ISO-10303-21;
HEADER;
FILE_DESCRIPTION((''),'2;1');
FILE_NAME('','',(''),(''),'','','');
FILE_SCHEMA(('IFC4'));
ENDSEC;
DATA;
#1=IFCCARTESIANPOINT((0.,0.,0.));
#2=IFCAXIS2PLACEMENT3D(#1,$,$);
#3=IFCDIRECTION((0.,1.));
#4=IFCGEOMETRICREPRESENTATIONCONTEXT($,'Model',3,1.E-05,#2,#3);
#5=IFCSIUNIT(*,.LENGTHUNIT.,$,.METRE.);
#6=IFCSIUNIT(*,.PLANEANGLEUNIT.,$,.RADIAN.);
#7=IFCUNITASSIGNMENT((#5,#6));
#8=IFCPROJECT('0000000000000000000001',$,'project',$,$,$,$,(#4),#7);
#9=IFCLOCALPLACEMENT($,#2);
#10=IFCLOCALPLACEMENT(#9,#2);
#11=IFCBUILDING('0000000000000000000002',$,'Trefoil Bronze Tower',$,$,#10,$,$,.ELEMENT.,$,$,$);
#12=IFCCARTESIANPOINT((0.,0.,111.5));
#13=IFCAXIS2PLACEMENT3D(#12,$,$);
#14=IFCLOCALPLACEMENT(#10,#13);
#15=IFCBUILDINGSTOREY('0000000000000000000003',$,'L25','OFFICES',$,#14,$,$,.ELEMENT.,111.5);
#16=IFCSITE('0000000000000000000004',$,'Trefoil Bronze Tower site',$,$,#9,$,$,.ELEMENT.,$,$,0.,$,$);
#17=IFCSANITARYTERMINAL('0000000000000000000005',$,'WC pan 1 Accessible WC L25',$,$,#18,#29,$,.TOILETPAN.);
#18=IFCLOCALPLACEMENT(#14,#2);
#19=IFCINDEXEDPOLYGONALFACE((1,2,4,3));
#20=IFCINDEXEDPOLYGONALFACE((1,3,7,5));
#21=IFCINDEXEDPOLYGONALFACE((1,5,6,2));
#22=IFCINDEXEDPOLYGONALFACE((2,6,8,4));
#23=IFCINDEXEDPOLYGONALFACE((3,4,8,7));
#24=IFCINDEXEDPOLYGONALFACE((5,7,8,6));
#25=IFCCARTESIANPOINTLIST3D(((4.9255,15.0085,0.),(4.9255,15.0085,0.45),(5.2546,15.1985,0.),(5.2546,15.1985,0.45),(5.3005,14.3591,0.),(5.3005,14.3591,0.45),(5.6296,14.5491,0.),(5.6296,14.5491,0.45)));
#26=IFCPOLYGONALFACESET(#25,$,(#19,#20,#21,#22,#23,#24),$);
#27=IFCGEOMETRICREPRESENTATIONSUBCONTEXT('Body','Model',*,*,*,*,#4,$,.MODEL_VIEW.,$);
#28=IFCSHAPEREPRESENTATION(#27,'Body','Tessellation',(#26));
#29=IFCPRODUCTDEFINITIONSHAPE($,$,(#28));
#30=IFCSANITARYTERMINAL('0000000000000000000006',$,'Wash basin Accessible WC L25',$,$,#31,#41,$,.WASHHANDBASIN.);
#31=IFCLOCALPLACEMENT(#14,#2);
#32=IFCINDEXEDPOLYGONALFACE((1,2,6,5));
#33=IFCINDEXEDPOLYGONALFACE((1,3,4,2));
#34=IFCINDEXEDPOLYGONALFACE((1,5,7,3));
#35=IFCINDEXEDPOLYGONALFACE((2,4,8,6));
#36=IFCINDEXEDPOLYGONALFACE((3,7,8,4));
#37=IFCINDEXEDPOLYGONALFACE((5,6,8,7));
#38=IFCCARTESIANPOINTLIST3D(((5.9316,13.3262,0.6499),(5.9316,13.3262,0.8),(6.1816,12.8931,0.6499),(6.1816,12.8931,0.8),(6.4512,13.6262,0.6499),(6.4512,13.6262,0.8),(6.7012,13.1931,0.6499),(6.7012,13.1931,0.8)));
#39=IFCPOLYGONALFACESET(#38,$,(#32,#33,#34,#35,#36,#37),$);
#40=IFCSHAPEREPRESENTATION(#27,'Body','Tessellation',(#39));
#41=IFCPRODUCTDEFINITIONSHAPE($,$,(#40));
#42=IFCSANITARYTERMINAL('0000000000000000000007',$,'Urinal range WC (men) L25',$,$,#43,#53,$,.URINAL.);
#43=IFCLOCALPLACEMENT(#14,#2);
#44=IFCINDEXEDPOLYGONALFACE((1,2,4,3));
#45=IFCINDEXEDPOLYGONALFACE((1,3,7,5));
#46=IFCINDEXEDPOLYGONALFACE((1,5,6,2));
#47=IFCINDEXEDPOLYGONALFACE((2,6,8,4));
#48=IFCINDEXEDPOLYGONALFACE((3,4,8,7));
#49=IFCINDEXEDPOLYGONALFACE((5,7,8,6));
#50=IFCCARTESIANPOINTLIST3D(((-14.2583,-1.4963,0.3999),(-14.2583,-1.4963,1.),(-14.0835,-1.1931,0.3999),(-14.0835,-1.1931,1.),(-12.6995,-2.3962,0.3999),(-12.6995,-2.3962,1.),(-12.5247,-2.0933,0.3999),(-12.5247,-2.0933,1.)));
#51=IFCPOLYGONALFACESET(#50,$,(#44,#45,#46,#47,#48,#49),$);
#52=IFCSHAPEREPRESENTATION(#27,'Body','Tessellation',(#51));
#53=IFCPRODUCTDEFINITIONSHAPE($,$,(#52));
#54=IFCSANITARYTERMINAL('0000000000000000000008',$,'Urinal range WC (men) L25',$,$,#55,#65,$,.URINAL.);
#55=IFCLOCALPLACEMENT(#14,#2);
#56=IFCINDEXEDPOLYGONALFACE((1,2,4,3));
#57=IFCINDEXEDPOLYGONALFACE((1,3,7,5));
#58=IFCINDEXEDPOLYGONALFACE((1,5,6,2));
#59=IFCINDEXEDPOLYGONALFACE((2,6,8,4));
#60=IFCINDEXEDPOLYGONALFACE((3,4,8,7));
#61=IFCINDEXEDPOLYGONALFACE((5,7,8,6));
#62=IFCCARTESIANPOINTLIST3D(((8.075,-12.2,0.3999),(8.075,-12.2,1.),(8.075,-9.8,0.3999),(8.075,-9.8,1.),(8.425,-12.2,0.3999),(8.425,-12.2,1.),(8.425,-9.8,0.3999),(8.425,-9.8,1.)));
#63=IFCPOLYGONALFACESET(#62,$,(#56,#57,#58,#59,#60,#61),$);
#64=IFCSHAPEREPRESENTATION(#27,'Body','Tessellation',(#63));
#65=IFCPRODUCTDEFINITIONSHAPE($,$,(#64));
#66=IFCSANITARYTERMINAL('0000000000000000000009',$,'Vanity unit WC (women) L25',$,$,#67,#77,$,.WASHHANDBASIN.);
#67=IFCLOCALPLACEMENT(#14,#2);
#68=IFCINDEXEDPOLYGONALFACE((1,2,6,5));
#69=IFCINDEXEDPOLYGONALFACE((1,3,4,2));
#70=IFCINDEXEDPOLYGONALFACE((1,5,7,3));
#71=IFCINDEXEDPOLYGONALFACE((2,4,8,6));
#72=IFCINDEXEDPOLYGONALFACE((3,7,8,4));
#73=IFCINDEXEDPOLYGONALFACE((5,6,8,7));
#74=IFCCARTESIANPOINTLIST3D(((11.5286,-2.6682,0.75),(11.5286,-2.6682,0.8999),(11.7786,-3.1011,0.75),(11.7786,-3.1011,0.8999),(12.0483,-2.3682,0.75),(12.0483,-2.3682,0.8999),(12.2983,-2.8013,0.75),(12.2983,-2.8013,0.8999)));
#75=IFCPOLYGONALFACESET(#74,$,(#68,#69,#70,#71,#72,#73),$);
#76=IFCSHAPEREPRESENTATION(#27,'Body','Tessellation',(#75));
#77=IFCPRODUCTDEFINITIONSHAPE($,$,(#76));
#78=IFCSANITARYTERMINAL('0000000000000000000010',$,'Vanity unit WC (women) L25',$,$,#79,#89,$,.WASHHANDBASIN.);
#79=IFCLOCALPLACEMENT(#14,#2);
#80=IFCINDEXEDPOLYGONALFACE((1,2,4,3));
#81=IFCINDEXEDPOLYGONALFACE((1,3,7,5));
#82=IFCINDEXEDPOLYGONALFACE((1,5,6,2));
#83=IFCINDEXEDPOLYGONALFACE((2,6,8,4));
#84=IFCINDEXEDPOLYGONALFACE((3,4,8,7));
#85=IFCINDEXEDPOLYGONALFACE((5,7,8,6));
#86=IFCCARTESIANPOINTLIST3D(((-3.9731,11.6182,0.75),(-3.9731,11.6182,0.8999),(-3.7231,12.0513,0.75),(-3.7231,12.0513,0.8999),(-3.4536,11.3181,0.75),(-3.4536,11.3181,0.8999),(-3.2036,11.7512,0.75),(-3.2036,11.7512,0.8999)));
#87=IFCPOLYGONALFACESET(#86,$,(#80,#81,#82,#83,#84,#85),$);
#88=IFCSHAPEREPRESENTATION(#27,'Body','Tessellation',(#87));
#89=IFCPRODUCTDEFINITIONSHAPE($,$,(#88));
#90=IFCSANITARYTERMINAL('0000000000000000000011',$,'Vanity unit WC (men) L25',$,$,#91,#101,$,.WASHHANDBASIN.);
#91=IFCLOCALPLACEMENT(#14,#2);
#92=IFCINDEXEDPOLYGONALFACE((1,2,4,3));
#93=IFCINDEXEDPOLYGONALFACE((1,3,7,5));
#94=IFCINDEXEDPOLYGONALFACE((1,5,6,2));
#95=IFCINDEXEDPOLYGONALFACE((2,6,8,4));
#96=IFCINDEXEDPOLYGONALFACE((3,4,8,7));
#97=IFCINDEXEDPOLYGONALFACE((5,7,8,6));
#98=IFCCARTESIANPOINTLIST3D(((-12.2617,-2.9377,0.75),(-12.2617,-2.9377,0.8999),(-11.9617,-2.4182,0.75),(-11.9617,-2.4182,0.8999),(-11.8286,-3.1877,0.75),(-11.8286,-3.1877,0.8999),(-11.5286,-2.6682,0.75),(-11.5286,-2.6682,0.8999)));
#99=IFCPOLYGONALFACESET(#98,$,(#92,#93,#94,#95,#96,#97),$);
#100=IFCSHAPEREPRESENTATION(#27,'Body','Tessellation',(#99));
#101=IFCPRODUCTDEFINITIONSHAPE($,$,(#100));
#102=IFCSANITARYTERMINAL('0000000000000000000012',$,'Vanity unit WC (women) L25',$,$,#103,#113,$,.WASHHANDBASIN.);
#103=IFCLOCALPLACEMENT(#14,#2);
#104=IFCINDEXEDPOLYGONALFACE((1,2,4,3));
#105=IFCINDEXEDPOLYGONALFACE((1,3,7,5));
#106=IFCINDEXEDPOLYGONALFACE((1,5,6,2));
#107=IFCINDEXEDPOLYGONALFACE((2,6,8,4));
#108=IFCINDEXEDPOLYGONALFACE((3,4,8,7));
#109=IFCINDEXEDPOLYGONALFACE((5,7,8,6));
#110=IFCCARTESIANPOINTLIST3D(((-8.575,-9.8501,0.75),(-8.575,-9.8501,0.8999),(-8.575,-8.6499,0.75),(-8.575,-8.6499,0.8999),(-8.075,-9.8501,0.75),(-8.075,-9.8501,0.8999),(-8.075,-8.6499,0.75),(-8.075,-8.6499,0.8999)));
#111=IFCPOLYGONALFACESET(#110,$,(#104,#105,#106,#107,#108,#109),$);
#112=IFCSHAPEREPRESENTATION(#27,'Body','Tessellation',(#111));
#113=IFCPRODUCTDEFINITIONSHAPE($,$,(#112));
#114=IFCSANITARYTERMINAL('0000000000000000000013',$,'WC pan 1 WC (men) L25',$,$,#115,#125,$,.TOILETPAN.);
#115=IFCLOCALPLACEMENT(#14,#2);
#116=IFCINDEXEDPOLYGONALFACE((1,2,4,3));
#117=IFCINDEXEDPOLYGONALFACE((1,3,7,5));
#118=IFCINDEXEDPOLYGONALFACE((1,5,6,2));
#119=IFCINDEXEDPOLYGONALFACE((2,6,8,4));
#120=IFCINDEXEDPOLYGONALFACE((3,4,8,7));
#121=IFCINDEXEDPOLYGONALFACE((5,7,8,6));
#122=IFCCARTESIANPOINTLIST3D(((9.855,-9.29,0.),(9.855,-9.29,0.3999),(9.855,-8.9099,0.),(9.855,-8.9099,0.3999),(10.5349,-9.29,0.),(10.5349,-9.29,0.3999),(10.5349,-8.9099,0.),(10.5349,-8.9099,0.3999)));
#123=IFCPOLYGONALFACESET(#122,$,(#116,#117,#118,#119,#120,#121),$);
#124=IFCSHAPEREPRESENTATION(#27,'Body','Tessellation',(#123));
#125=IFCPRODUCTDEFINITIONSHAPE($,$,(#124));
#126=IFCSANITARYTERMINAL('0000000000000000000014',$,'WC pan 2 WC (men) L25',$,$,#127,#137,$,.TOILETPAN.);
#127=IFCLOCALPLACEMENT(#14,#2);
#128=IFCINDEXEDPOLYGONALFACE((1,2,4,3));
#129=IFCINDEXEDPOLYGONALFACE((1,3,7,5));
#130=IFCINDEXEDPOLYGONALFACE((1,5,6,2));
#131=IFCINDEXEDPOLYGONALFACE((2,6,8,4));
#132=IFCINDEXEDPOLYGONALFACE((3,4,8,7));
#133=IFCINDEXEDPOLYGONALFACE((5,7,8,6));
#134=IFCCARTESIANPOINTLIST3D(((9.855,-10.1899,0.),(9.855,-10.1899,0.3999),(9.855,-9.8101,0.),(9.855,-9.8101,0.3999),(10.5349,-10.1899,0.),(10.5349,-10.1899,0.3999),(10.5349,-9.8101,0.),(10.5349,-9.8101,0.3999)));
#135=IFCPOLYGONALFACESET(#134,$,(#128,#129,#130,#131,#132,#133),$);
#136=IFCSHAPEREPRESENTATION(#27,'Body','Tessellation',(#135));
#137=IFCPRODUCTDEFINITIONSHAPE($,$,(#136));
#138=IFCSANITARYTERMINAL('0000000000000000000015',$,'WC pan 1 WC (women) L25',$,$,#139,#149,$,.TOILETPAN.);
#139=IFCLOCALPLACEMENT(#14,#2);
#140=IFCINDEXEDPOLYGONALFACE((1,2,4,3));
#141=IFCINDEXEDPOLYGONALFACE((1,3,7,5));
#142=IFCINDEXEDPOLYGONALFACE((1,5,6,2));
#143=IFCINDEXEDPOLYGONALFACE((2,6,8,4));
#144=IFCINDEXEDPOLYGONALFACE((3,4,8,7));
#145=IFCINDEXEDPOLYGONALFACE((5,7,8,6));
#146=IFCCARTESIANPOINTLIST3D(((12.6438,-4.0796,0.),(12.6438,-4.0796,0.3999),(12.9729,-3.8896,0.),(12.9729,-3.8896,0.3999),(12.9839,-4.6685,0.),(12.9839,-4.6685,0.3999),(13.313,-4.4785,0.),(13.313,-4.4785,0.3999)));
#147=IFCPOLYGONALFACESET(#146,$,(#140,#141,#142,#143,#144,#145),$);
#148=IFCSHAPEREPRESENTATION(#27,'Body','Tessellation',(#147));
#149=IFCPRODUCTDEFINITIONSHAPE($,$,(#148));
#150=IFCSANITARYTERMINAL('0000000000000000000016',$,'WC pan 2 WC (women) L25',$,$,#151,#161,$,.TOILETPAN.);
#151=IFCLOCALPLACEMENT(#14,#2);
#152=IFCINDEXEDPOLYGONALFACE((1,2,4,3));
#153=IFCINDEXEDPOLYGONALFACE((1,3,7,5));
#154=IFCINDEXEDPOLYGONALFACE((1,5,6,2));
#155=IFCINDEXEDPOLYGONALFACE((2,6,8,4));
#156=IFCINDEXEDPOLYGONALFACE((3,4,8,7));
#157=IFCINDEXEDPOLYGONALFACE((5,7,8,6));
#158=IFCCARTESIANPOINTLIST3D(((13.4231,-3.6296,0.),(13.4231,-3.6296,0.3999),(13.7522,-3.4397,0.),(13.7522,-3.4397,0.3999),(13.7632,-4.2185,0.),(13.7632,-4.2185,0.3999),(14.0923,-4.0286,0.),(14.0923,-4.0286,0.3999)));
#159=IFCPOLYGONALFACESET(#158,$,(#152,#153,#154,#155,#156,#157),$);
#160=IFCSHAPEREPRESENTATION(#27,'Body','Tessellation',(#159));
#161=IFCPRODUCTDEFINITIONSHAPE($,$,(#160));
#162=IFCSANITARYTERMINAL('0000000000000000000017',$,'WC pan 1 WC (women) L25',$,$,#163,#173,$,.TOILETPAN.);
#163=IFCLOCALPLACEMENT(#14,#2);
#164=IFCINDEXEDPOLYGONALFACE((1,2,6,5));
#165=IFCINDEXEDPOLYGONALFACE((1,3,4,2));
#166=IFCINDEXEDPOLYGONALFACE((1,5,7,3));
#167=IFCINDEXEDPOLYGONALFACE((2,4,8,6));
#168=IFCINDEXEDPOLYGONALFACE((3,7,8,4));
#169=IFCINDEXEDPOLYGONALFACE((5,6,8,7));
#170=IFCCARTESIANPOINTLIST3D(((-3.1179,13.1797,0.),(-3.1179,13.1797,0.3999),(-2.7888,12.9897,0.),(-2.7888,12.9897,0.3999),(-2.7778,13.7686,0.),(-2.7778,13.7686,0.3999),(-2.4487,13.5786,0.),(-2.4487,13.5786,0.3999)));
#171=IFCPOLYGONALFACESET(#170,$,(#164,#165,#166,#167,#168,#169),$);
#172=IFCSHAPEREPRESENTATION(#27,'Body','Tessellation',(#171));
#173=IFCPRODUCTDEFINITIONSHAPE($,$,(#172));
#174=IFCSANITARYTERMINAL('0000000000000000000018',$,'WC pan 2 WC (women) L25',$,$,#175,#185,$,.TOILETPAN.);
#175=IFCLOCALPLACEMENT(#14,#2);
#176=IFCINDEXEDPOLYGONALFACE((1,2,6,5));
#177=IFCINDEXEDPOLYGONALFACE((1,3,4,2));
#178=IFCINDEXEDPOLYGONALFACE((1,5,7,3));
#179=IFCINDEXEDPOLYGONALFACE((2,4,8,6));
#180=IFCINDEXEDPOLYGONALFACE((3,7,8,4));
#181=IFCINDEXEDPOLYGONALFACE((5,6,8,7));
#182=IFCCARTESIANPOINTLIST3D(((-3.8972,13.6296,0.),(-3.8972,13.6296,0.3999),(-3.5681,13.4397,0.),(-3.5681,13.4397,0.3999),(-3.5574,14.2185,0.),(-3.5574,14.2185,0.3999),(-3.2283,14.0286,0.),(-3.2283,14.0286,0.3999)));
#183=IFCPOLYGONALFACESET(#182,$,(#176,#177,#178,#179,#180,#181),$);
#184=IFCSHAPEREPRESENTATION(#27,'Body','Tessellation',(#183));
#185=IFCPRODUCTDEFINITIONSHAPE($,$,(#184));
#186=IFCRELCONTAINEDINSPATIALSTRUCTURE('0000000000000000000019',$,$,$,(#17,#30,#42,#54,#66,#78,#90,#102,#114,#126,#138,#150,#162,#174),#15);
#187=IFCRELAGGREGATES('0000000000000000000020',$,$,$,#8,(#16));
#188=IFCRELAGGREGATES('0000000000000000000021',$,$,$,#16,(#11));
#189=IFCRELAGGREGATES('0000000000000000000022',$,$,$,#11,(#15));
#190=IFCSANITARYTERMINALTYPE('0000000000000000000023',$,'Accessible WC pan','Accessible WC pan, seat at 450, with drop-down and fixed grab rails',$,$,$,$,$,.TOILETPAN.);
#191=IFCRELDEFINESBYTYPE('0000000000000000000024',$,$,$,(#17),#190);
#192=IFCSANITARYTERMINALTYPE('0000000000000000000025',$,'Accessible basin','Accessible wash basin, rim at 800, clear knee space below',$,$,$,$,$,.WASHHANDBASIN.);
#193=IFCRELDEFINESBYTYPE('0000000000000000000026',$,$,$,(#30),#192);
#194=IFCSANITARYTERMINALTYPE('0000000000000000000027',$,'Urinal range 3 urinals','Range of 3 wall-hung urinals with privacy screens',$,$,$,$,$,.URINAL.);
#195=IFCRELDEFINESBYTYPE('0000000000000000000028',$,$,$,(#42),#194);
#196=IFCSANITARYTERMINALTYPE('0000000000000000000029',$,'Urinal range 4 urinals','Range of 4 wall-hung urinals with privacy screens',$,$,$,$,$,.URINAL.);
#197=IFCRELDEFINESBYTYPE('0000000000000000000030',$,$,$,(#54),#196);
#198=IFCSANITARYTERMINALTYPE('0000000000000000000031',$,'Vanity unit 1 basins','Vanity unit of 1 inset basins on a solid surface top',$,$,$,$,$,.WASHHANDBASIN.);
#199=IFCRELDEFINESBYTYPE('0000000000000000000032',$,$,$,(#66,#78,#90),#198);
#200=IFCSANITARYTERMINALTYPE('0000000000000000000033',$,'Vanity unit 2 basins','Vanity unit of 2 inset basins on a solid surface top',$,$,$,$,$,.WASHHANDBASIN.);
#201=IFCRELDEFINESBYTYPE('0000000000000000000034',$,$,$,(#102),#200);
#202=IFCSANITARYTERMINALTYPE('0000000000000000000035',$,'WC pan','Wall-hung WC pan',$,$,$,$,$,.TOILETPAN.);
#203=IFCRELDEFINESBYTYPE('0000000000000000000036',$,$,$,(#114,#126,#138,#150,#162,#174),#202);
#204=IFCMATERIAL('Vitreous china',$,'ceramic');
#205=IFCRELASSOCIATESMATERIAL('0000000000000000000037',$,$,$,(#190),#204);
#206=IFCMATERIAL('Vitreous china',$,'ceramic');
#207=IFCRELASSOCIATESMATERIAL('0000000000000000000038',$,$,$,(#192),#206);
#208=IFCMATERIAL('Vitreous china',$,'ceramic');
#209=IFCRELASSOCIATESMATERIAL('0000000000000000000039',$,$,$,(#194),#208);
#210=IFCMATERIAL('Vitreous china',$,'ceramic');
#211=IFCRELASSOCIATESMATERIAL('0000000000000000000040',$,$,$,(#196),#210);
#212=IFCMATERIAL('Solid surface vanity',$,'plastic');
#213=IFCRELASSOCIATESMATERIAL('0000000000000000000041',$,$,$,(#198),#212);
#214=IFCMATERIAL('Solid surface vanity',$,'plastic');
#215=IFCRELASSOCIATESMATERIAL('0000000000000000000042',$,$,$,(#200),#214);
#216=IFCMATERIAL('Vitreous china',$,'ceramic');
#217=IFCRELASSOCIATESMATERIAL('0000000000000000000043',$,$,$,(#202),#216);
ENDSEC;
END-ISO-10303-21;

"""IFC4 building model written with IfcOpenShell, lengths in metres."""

from ifc_helpers import new_model, si_unit, direction, frame, origin, place, context, subcontext, project, spatial, polyline, outline, extrude, material, type_object, element, save


model = new_model("IFC4")

# Units and contexts
model_context = context("Model", 3, precision=1e-05, world=origin(), true_north=direction((0.0, 1.0)))
body_context = subcontext(model_context, "Body", "Model", "MODEL_VIEW")
ifc_project = project(units=[si_unit("LENGTHUNIT", "METRE"), si_unit("PLANEANGLEUNIT", "RADIAN")], contexts=[model_context])

# Site, building, storey
site_placement = place(None, origin())
site = spatial("IfcSite", under=ifc_project, at=site_placement, Name="Trefoil Bronze Tower site", CompositionType="ELEMENT", RefElevation=0.0)
building_placement = place(site_placement, origin())
building = spatial("IfcBuilding", under=site, at=building_placement, Name="Trefoil Bronze Tower", CompositionType="ELEMENT")
storey_placement = place(building_placement, frame((0.0, 0.0, 111.5)))
storey = spatial("IfcBuildingStorey", under=building, at=storey_placement, Name="L25", Description="OFFICES", CompositionType="ELEMENT", Elevation=111.5)

# Sanitary terminals
ifc_material_1 = material(Name="Vitreous china", Category="ceramic")
sanitary_terminal_type_1 = type_object("IfcSanitaryTerminalType", Name="Accessible WC pan", Description="Accessible WC pan, seat at 450, with drop-down and fixed grab rails", PredefinedType="TOILETPAN", material=ifc_material_1)
sanitary_terminal_1_placement = place(storey_placement, origin())
element("IfcSanitaryTerminal", 1, at=sanitary_terminal_1_placement, inside=storey, type_object=sanitary_terminal_type_1, Name="WC pan 1 Accessible WC L25", PredefinedType="TOILETPAN", context=body_context, shape_type="SweptSolid", body=[
    extrude(outline(polyline([(5.3005, 14.3591), (4.9255, 15.0085), (5.2546, 15.1985), (5.6296, 14.5491), (5.3005, 14.3591)])), origin(), (0.0, 0.0, 1.0), 0.45),
])
ifc_material_2 = material(Name="Vitreous china", Category="ceramic")
sanitary_terminal_type_2 = type_object("IfcSanitaryTerminalType", Name="Accessible basin", Description="Accessible wash basin, rim at 800, clear knee space below", PredefinedType="WASHHANDBASIN", material=ifc_material_2)
sanitary_terminal_2_placement = place(storey_placement, frame((0.0, 0.0, 0.6499)))
element("IfcSanitaryTerminal", 2, at=sanitary_terminal_2_placement, inside=storey, type_object=sanitary_terminal_type_2, Name="Wash basin Accessible WC L25", PredefinedType="WASHHANDBASIN", context=body_context, shape_type="SweptSolid", body=[
    extrude(outline(polyline([(6.1816, 12.8931), (5.9316, 13.3262), (6.4512, 13.6262), (6.7012, 13.1931), (6.1816, 12.8931)])), origin(), (0.0, 0.0, 1.0), 0.1501),
])
ifc_material_3 = material(Name="Vitreous china", Category="ceramic")
sanitary_terminal_type_3 = type_object("IfcSanitaryTerminalType", Name="Urinal range 3 urinals", Description="Range of 3 wall-hung urinals with privacy screens", PredefinedType="URINAL", material=ifc_material_3)
sanitary_terminal_3_placement = place(storey_placement, frame((0.0, 0.0, 0.3999)))
element("IfcSanitaryTerminal", 3, at=sanitary_terminal_3_placement, inside=storey, type_object=sanitary_terminal_type_3, Name="Urinal range WC (men) L25", PredefinedType="URINAL", context=body_context, shape_type="SweptSolid", body=[
    extrude(outline(polyline([(-12.5247, -2.0933), (-12.6995, -2.3962), (-14.2583, -1.4963), (-14.0835, -1.1931), (-12.5247, -2.0933)])), origin(), (0.0, 0.0, 1.0), 0.6001),
])
ifc_material_4 = material(Name="Vitreous china", Category="ceramic")
sanitary_terminal_type_4 = type_object("IfcSanitaryTerminalType", Name="Urinal range 4 urinals", Description="Range of 4 wall-hung urinals with privacy screens", PredefinedType="URINAL", material=ifc_material_4)
sanitary_terminal_4_placement = place(storey_placement, frame((0.0, 0.0, 0.3999)))
element("IfcSanitaryTerminal", 4, at=sanitary_terminal_4_placement, inside=storey, type_object=sanitary_terminal_type_4, Name="Urinal range WC (men) L25", PredefinedType="URINAL", context=body_context, shape_type="SweptSolid", body=[
    extrude(outline(polyline([(8.075, -9.8), (8.425, -9.8), (8.425, -12.2), (8.075, -12.2), (8.075, -9.8)])), origin(), (0.0, 0.0, 1.0), 0.6001),
])
ifc_material_5 = material(Name="Solid surface vanity", Category="plastic")
sanitary_terminal_type_5 = type_object("IfcSanitaryTerminalType", Name="Vanity unit 1 basins", Description="Vanity unit of 1 inset basins on a solid surface top", PredefinedType="WASHHANDBASIN", material=ifc_material_5)
sanitary_terminal_5_placement = place(storey_placement, frame((0.0, 0.0, 0.75)))
element("IfcSanitaryTerminal", 5, at=sanitary_terminal_5_placement, inside=storey, type_object=sanitary_terminal_type_5, Name="Vanity unit WC (women) L25", PredefinedType="WASHHANDBASIN", context=body_context, shape_type="SweptSolid", body=[
    extrude(outline(polyline([(11.5286, -2.6682), (11.7786, -3.1011), (12.2983, -2.8013), (12.0483, -2.3682), (11.5286, -2.6682)])), origin(), (0.0, 0.0, 1.0), 0.1499),
])
sanitary_terminal_6_placement = place(storey_placement, frame((0.0, 0.0, 0.75)))
element("IfcSanitaryTerminal", 6, at=sanitary_terminal_6_placement, inside=storey, type_object=sanitary_terminal_type_5, Name="Vanity unit WC (women) L25", PredefinedType="WASHHANDBASIN", context=body_context, shape_type="SweptSolid", body=[
    extrude(outline(polyline([(-3.4536, 11.3181), (-3.2036, 11.7512), (-3.7231, 12.0513), (-3.9731, 11.6182), (-3.4536, 11.3181)])), origin(), (0.0, 0.0, 1.0), 0.1499),
])
sanitary_terminal_7_placement = place(storey_placement, frame((0.0, 0.0, 0.75)))
element("IfcSanitaryTerminal", 7, at=sanitary_terminal_7_placement, inside=storey, type_object=sanitary_terminal_type_5, Name="Vanity unit WC (men) L25", PredefinedType="WASHHANDBASIN", context=body_context, shape_type="SweptSolid", body=[
    extrude(outline(polyline([(-11.5286, -2.6682), (-11.8286, -3.1877), (-12.2617, -2.9377), (-11.9617, -2.4182), (-11.5286, -2.6682)])), origin(), (0.0, 0.0, 1.0), 0.1499),
])
ifc_material_6 = material(Name="Solid surface vanity", Category="plastic")
sanitary_terminal_type_6 = type_object("IfcSanitaryTerminalType", Name="Vanity unit 2 basins", Description="Vanity unit of 2 inset basins on a solid surface top", PredefinedType="WASHHANDBASIN", material=ifc_material_6)
sanitary_terminal_8_placement = place(storey_placement, frame((0.0, 0.0, 0.75)))
element("IfcSanitaryTerminal", 8, at=sanitary_terminal_8_placement, inside=storey, type_object=sanitary_terminal_type_6, Name="Vanity unit WC (women) L25", PredefinedType="WASHHANDBASIN", context=body_context, shape_type="SweptSolid", body=[
    extrude(outline(polyline([(-8.075, -8.6499), (-8.575, -8.6499), (-8.575, -9.8501), (-8.075, -9.8501), (-8.075, -8.6499)])), origin(), (0.0, 0.0, 1.0), 0.1499),
])
ifc_material_7 = material(Name="Vitreous china", Category="ceramic")
sanitary_terminal_type_7 = type_object("IfcSanitaryTerminalType", Name="WC pan", Description="Wall-hung WC pan", PredefinedType="TOILETPAN", material=ifc_material_7)
sanitary_terminal_9_placement = place(storey_placement, origin())
element("IfcSanitaryTerminal", 9, at=sanitary_terminal_9_placement, inside=storey, type_object=sanitary_terminal_type_7, Name="WC pan 1 WC (men) L25", PredefinedType="TOILETPAN", context=body_context, shape_type="SweptSolid", body=[
    extrude(outline(polyline([(9.855, -8.9099), (10.5349, -8.9099), (10.5349, -9.29), (9.855, -9.29), (9.855, -8.9099)])), origin(), (0.0, 0.0, 1.0), 0.3999),
])
sanitary_terminal_10_placement = place(storey_placement, origin())
element("IfcSanitaryTerminal", 10, at=sanitary_terminal_10_placement, inside=storey, type_object=sanitary_terminal_type_7, Name="WC pan 2 WC (men) L25", PredefinedType="TOILETPAN", context=body_context, shape_type="SweptSolid", body=[
    extrude(outline(polyline([(9.855, -9.8101), (10.5349, -9.8101), (10.5349, -10.1899), (9.855, -10.1899), (9.855, -9.8101)])), origin(), (0.0, 0.0, 1.0), 0.3999),
])
sanitary_terminal_11_placement = place(storey_placement, origin())
element("IfcSanitaryTerminal", 11, at=sanitary_terminal_11_placement, inside=storey, type_object=sanitary_terminal_type_7, Name="WC pan 1 WC (women) L25", PredefinedType="TOILETPAN", context=body_context, shape_type="SweptSolid", body=[
    extrude(outline(polyline([(12.6438, -4.0796), (12.9839, -4.6685), (13.313, -4.4785), (12.9729, -3.8896), (12.6438, -4.0796)])), origin(), (0.0, 0.0, 1.0), 0.3999),
])
sanitary_terminal_12_placement = place(storey_placement, origin())
element("IfcSanitaryTerminal", 12, at=sanitary_terminal_12_placement, inside=storey, type_object=sanitary_terminal_type_7, Name="WC pan 2 WC (women) L25", PredefinedType="TOILETPAN", context=body_context, shape_type="SweptSolid", body=[
    extrude(outline(polyline([(13.4231, -3.6296), (13.7632, -4.2185), (14.0923, -4.0286), (13.7522, -3.4397), (13.4231, -3.6296)])), origin(), (0.0, 0.0, 1.0), 0.3999),
])
sanitary_terminal_13_placement = place(storey_placement, origin())
element("IfcSanitaryTerminal", 13, at=sanitary_terminal_13_placement, inside=storey, type_object=sanitary_terminal_type_7, Name="WC pan 1 WC (women) L25", PredefinedType="TOILETPAN", context=body_context, shape_type="SweptSolid", body=[
    extrude(outline(polyline([(-2.7888, 12.9897), (-2.4487, 13.5786), (-2.7778, 13.7686), (-3.1179, 13.1797), (-2.7888, 12.9897)])), origin(), (0.0, 0.0, 1.0), 0.3999),
])
sanitary_terminal_14_placement = place(storey_placement, origin())
element("IfcSanitaryTerminal", 14, at=sanitary_terminal_14_placement, inside=storey, type_object=sanitary_terminal_type_7, Name="WC pan 2 WC (women) L25", PredefinedType="TOILETPAN", context=body_context, shape_type="SweptSolid", body=[
    extrude(outline(polyline([(-3.5681, 13.4397), (-3.2283, 14.0286), (-3.5574, 14.2185), (-3.8972, 13.6296), (-3.5681, 13.4397)])), origin(), (0.0, 0.0, 1.0), 0.3999),
])

save(model, "model.ifc")
